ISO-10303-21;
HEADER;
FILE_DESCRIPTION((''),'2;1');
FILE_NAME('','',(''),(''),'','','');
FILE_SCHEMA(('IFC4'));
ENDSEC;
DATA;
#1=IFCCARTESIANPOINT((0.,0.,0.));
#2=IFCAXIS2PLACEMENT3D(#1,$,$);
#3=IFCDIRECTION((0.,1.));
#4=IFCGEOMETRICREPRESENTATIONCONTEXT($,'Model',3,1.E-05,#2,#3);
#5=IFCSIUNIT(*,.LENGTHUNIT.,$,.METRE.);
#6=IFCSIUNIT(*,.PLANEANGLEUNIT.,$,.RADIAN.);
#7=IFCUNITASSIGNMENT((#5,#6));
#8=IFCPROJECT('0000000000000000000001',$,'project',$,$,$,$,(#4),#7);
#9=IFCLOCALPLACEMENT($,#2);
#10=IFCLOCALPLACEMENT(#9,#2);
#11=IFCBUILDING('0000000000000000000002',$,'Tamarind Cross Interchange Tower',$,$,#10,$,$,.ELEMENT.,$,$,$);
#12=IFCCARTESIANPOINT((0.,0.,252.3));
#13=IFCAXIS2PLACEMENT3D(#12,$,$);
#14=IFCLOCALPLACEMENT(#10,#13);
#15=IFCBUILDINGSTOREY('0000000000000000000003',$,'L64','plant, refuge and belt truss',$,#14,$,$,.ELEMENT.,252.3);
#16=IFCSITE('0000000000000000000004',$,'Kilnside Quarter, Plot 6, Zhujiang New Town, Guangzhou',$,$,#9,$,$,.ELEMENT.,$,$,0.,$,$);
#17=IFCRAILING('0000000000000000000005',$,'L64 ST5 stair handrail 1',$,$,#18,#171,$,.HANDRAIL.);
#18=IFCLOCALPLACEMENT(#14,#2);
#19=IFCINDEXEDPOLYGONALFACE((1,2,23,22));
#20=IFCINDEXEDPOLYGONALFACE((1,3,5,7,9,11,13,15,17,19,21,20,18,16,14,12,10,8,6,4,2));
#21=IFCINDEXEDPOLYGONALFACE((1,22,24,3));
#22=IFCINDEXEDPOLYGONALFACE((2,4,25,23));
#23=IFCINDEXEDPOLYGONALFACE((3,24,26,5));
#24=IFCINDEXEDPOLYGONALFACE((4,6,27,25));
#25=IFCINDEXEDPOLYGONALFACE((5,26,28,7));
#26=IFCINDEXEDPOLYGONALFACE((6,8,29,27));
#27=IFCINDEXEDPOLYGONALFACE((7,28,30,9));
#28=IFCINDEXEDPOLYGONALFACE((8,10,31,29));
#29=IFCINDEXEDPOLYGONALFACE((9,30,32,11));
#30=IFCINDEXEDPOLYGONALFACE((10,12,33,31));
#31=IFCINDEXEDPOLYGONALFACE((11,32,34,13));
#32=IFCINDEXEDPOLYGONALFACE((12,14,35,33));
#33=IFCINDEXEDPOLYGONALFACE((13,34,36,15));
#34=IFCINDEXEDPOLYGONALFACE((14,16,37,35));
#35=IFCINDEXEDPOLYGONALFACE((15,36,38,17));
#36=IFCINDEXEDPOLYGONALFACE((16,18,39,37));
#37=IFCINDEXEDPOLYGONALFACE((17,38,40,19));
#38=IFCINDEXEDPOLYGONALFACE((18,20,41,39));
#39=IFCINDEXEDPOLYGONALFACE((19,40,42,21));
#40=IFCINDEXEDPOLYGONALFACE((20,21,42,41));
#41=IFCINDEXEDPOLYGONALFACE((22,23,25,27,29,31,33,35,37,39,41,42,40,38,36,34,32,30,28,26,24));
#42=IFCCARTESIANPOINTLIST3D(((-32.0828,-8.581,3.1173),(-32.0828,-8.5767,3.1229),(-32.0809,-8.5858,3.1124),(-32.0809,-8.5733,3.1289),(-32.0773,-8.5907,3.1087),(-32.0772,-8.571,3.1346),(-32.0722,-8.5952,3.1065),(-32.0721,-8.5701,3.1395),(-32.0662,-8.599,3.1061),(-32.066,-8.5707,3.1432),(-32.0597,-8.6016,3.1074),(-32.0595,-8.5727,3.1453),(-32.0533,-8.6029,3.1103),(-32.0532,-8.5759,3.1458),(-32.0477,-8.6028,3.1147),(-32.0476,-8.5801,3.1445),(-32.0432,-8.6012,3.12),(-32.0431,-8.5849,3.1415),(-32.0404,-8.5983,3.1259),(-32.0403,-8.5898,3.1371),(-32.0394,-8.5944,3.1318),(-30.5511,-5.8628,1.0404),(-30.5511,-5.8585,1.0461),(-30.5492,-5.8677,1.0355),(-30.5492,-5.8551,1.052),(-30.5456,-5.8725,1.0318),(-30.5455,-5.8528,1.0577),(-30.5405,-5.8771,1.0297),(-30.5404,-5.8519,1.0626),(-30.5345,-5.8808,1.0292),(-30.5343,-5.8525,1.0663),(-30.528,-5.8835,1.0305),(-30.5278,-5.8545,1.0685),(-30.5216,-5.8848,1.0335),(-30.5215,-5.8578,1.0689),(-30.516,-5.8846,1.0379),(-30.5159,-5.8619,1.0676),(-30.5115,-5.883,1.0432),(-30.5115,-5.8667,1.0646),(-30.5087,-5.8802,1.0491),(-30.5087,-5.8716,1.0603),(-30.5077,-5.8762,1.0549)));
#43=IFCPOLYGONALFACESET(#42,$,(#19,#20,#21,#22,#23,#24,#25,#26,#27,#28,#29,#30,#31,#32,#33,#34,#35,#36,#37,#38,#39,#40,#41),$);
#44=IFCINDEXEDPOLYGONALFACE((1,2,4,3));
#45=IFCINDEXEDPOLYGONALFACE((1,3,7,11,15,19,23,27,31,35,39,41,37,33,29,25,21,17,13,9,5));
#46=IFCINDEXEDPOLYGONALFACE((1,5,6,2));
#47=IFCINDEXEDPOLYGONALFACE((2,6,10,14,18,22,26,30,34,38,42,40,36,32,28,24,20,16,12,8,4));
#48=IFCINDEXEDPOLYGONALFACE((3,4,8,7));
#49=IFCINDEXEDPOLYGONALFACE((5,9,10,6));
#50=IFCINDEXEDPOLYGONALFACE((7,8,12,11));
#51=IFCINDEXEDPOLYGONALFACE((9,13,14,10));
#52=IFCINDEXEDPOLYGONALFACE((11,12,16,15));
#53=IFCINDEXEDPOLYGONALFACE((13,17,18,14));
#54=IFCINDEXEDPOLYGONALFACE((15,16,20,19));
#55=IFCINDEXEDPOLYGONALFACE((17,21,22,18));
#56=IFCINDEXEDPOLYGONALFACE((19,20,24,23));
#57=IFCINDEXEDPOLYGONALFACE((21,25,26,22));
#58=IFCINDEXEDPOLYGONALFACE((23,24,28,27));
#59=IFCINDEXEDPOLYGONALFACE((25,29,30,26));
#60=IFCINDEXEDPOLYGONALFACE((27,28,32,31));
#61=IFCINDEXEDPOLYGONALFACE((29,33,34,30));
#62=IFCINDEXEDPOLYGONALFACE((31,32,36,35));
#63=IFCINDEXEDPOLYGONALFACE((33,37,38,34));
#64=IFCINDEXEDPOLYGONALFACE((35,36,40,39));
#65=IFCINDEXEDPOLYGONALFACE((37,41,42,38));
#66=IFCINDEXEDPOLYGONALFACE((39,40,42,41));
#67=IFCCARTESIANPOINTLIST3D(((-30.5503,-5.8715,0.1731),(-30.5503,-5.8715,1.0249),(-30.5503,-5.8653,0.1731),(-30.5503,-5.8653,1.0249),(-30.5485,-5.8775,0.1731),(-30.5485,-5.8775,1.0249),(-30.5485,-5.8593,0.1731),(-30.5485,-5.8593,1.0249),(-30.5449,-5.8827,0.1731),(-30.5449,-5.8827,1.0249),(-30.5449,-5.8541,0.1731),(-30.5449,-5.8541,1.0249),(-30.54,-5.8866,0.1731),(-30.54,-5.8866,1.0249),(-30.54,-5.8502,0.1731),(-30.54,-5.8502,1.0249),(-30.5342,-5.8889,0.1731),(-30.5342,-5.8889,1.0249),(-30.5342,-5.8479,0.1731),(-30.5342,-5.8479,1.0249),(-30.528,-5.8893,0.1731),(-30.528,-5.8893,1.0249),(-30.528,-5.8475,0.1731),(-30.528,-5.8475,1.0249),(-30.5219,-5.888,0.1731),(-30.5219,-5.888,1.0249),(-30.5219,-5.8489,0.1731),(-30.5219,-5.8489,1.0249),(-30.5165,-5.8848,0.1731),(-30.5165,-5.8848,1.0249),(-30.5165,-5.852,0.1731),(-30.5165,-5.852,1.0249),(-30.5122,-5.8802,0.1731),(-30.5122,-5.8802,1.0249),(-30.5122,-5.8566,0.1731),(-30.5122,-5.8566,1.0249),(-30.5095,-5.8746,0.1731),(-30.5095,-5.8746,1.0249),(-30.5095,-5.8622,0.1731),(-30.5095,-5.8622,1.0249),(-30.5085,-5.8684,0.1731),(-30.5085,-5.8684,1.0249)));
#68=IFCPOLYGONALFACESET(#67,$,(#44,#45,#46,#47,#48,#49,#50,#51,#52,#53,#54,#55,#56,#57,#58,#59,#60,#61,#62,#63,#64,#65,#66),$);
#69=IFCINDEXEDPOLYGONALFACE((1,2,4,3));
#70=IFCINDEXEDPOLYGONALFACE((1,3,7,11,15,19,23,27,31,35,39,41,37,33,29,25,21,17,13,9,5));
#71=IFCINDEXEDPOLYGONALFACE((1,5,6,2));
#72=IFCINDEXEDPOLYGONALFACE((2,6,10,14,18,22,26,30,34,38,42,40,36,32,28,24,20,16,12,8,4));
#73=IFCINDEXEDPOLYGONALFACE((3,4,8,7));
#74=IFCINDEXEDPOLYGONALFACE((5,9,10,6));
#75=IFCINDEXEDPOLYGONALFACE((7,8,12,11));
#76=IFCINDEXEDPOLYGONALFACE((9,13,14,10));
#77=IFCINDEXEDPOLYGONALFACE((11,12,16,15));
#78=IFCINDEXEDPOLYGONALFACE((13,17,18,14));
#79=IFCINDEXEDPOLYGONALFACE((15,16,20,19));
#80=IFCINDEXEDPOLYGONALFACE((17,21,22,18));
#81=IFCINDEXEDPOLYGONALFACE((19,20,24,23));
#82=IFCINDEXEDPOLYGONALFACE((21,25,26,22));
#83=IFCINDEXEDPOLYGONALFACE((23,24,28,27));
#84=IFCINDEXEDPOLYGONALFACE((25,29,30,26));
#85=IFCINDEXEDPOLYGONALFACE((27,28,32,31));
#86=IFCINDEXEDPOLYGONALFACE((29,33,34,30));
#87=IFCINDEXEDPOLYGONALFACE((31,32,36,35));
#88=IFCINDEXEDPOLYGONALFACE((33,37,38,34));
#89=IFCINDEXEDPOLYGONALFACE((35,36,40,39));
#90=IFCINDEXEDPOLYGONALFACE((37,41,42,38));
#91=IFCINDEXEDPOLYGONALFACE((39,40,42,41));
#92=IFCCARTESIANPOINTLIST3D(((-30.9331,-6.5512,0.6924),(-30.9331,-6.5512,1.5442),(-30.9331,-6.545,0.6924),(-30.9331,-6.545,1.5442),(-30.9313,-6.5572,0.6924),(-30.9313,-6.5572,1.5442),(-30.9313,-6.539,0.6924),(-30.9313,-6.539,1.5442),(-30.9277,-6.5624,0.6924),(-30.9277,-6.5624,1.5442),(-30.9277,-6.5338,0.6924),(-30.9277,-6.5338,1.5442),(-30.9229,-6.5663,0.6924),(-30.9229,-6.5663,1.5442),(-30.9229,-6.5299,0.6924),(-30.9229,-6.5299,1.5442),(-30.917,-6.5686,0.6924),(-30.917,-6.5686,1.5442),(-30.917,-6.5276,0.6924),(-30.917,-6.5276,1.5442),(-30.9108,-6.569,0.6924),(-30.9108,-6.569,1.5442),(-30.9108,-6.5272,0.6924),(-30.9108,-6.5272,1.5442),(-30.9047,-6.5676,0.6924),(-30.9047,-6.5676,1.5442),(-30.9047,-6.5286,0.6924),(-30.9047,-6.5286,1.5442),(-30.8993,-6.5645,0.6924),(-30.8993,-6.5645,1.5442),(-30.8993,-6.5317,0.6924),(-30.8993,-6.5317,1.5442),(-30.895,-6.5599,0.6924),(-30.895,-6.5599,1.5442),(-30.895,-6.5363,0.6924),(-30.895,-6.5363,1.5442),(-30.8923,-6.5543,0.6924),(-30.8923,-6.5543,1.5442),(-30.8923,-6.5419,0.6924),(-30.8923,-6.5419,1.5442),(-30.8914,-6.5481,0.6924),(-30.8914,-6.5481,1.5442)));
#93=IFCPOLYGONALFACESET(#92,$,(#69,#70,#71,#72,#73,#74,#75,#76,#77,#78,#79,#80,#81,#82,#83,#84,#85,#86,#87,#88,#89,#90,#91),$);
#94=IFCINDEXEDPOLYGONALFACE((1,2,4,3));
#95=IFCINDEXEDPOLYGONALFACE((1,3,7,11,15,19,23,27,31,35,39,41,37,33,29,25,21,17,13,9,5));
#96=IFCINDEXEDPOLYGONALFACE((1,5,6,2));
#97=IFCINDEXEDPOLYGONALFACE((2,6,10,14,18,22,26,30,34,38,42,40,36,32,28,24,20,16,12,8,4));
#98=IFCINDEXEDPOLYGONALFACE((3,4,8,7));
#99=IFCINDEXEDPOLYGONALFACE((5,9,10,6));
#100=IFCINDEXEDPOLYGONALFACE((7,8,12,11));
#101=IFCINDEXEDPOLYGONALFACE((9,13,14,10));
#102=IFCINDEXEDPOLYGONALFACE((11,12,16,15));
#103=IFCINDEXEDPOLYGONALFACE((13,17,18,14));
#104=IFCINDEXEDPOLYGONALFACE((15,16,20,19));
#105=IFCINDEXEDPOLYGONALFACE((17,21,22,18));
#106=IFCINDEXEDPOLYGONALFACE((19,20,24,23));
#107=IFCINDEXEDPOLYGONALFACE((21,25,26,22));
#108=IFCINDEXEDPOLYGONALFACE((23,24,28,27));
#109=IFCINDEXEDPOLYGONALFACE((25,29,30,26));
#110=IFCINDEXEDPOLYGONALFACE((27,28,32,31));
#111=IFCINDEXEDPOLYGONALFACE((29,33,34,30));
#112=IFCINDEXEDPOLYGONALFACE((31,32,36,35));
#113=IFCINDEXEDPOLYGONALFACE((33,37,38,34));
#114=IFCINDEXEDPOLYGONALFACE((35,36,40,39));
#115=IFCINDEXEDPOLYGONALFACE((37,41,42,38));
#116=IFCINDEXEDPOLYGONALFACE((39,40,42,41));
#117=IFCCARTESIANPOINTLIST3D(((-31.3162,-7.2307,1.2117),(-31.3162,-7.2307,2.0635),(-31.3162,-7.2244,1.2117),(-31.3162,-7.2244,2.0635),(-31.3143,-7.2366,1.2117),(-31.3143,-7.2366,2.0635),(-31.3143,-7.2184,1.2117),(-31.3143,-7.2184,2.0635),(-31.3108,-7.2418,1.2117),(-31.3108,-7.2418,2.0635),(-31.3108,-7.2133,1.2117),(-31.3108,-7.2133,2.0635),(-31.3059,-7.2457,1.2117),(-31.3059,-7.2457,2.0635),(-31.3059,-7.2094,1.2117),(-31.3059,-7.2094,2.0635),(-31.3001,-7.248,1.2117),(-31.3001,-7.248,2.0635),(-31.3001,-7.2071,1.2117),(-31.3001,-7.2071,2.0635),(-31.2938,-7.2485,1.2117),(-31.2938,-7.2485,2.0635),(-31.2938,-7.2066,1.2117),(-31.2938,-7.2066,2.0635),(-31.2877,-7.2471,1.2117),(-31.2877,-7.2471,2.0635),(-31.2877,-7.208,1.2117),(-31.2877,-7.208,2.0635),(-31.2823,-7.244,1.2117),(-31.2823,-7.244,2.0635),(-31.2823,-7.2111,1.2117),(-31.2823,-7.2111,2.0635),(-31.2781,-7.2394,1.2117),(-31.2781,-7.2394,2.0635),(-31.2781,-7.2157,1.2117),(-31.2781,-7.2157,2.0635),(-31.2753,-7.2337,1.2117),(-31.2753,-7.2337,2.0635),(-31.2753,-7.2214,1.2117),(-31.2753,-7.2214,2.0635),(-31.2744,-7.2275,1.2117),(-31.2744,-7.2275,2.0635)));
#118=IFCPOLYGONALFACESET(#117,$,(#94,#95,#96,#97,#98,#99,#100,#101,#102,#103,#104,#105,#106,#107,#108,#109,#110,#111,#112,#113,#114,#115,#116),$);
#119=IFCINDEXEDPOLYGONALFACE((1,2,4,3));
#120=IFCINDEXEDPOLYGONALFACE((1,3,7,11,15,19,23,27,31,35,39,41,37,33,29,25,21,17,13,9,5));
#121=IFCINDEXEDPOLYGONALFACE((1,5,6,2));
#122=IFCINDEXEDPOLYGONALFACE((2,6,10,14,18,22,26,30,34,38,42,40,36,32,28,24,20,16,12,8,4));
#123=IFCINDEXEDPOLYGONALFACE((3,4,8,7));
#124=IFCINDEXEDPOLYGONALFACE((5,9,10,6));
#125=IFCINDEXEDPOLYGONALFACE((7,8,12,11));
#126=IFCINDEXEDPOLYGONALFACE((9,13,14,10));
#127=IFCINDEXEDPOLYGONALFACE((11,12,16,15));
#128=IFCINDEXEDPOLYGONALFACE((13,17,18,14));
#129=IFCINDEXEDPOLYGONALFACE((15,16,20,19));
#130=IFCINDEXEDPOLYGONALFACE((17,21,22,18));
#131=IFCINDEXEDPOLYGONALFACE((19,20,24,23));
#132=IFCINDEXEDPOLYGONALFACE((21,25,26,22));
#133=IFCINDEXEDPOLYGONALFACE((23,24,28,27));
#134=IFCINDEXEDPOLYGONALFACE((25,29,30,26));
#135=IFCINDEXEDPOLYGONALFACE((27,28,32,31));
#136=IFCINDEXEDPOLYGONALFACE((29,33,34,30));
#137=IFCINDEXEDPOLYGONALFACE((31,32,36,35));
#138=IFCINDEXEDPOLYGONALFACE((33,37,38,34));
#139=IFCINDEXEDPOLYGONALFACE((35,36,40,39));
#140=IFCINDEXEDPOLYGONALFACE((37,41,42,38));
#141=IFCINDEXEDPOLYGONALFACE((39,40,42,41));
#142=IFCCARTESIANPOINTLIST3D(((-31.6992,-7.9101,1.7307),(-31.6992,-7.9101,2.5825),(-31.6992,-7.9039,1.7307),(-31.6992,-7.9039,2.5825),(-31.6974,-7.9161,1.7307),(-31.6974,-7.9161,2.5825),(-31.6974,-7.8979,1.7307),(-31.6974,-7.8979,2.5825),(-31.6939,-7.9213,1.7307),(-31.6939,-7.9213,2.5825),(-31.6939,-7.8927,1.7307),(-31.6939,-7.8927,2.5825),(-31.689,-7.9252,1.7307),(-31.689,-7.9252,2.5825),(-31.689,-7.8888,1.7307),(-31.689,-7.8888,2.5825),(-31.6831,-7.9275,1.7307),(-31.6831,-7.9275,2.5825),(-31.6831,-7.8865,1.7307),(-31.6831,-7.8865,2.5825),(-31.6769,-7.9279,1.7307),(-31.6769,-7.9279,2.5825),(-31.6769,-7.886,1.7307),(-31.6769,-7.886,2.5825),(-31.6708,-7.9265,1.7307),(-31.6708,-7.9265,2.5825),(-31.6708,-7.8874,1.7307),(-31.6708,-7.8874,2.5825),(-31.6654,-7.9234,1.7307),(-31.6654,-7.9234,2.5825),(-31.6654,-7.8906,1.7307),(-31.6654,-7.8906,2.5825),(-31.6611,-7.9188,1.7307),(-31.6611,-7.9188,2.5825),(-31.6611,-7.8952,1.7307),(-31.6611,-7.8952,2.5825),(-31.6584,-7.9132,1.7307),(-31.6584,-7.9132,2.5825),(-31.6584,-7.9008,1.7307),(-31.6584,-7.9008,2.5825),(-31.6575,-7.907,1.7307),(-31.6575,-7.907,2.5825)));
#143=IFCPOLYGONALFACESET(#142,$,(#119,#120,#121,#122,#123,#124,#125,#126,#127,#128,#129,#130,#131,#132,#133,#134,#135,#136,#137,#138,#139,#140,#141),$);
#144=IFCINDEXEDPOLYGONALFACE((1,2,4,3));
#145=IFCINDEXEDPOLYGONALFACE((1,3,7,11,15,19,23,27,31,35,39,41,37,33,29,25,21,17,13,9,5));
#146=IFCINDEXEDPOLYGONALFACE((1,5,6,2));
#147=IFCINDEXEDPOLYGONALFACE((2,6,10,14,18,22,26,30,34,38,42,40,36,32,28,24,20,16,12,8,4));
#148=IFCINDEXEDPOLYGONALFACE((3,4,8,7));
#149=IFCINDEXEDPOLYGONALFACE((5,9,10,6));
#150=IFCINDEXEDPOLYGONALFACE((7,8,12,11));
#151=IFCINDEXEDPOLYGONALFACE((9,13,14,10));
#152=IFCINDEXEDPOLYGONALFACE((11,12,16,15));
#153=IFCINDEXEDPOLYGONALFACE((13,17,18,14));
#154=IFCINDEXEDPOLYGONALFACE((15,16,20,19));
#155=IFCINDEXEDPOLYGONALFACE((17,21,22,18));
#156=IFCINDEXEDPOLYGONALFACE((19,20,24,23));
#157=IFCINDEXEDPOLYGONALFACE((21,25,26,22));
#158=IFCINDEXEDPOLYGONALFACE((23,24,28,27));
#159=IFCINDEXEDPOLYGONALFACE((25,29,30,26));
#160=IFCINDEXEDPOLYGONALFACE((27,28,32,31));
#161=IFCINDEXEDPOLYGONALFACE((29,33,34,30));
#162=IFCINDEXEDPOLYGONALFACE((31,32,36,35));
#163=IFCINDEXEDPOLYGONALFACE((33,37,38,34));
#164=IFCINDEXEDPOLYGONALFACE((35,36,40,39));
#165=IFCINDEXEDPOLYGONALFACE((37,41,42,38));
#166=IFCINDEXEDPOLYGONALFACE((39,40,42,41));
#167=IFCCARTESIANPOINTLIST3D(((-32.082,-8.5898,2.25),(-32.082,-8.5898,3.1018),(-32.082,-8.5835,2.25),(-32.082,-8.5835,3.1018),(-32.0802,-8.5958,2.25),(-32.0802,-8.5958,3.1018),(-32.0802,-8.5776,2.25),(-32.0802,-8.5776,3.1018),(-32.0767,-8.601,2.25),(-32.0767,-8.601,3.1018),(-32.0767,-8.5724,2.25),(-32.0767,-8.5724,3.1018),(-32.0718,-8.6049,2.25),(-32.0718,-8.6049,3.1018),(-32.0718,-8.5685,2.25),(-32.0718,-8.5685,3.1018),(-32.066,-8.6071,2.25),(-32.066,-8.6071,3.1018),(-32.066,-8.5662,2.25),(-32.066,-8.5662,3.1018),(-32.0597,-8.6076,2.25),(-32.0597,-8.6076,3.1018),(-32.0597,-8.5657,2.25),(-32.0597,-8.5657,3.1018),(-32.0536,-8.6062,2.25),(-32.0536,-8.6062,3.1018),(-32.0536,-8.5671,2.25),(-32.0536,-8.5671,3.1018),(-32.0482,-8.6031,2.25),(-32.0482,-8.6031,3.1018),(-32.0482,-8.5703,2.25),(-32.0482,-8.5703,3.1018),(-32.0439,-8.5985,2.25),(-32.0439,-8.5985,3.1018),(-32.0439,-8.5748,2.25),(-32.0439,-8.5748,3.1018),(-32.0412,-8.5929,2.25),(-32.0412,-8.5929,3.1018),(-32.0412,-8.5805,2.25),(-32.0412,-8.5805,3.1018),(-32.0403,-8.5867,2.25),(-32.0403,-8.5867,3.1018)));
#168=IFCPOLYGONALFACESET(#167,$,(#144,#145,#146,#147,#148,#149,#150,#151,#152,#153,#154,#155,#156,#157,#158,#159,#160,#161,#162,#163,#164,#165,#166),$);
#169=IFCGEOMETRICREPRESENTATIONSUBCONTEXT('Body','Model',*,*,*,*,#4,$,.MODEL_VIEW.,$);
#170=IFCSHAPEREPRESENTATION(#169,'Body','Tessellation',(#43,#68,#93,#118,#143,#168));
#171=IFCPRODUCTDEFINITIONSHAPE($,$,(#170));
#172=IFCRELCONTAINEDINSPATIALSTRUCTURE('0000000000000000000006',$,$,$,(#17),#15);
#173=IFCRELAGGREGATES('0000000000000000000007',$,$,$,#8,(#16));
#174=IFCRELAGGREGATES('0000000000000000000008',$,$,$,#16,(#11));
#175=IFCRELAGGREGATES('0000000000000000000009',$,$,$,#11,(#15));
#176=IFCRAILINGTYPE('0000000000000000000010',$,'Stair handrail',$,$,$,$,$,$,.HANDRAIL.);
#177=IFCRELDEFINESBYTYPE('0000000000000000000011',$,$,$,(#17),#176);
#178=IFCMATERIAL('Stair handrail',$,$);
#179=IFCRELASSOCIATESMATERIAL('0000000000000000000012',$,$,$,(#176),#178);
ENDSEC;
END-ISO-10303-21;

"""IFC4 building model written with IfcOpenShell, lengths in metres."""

from ifc_helpers import new_model, si_unit, direction, frame, origin, origin_2d, place, context, subcontext, project, spatial, circle, extrude, material, type_object, element, save


model = new_model("IFC4")

# Units and contexts
model_context = context("Model", 3, precision=1e-05, world=origin(), true_north=direction((0.0, 1.0)))
body_context = subcontext(model_context, "Body", "Model", "MODEL_VIEW")
ifc_project = project(units=[si_unit("LENGTHUNIT", "METRE"), si_unit("PLANEANGLEUNIT", "RADIAN")], contexts=[model_context])

# Site, building, storey
site_placement = place(None, origin())
site = spatial("IfcSite", under=ifc_project, at=site_placement, Name="Kilnside Quarter, Plot 6, Zhujiang New Town, Guangzhou", CompositionType="ELEMENT", RefElevation=0.0)
building_placement = place(site_placement, origin())
building = spatial("IfcBuilding", under=site, at=building_placement, Name="Tamarind Cross Interchange Tower", CompositionType="ELEMENT")
storey_placement = place(building_placement, frame((0.0, 0.0, 252.3)))
storey = spatial("IfcBuildingStorey", under=building, at=storey_placement, Name="L64", Description="plant, refuge and belt truss", CompositionType="ELEMENT", Elevation=252.3)

# Railing
ifc_material_1 = material(Name="Stair handrail")
railing_type_1 = type_object("IfcRailingType", Name="Stair handrail", PredefinedType="HANDRAIL", material=ifc_material_1)
railing_1_placement = place(storey_placement, frame((-30.5295, -5.8684, 0.1731)))
element("IfcRailing", 1, at=railing_1_placement, inside=storey, type_object=railing_type_1, Name="L64 ST5 stair handrail 1", PredefinedType="HANDRAIL", context=body_context, shape_type="SweptSolid", body=[
    extrude(circle(Radius=0.0239, at=origin_2d()), frame((0.0, 0.0, 0.876), z_axis=(-0.408664, -0.725226, 0.554113), x_axis=(0.871203, -0.490922, 0.0)), (0.0, 0.0, 1.0), 3.748),
    extrude(circle(Radius=0.021, at=origin_2d()), origin(), (0.0, 0.0, 1.0), 0.8518),
    extrude(circle(Radius=0.021, at=origin_2d()), frame((-0.3828, -0.6797, 0.5193)), (0.0, 0.0, 1.0), 0.8518),
    extrude(circle(Radius=0.021, at=origin_2d()), frame((-0.7659, -1.3591, 1.0386)), (0.0, 0.0, 1.0), 0.8518),
    extrude(circle(Radius=0.021, at=origin_2d()), frame((-1.1489, -2.0386, 1.5576)), (0.0, 0.0, 1.0), 0.8518),
    extrude(circle(Radius=0.021, at=origin_2d()), frame((-1.5317, -2.7183, 2.0769)), (0.0, 0.0, 1.0), 0.8518),
])

save(model, "model.ifc")
